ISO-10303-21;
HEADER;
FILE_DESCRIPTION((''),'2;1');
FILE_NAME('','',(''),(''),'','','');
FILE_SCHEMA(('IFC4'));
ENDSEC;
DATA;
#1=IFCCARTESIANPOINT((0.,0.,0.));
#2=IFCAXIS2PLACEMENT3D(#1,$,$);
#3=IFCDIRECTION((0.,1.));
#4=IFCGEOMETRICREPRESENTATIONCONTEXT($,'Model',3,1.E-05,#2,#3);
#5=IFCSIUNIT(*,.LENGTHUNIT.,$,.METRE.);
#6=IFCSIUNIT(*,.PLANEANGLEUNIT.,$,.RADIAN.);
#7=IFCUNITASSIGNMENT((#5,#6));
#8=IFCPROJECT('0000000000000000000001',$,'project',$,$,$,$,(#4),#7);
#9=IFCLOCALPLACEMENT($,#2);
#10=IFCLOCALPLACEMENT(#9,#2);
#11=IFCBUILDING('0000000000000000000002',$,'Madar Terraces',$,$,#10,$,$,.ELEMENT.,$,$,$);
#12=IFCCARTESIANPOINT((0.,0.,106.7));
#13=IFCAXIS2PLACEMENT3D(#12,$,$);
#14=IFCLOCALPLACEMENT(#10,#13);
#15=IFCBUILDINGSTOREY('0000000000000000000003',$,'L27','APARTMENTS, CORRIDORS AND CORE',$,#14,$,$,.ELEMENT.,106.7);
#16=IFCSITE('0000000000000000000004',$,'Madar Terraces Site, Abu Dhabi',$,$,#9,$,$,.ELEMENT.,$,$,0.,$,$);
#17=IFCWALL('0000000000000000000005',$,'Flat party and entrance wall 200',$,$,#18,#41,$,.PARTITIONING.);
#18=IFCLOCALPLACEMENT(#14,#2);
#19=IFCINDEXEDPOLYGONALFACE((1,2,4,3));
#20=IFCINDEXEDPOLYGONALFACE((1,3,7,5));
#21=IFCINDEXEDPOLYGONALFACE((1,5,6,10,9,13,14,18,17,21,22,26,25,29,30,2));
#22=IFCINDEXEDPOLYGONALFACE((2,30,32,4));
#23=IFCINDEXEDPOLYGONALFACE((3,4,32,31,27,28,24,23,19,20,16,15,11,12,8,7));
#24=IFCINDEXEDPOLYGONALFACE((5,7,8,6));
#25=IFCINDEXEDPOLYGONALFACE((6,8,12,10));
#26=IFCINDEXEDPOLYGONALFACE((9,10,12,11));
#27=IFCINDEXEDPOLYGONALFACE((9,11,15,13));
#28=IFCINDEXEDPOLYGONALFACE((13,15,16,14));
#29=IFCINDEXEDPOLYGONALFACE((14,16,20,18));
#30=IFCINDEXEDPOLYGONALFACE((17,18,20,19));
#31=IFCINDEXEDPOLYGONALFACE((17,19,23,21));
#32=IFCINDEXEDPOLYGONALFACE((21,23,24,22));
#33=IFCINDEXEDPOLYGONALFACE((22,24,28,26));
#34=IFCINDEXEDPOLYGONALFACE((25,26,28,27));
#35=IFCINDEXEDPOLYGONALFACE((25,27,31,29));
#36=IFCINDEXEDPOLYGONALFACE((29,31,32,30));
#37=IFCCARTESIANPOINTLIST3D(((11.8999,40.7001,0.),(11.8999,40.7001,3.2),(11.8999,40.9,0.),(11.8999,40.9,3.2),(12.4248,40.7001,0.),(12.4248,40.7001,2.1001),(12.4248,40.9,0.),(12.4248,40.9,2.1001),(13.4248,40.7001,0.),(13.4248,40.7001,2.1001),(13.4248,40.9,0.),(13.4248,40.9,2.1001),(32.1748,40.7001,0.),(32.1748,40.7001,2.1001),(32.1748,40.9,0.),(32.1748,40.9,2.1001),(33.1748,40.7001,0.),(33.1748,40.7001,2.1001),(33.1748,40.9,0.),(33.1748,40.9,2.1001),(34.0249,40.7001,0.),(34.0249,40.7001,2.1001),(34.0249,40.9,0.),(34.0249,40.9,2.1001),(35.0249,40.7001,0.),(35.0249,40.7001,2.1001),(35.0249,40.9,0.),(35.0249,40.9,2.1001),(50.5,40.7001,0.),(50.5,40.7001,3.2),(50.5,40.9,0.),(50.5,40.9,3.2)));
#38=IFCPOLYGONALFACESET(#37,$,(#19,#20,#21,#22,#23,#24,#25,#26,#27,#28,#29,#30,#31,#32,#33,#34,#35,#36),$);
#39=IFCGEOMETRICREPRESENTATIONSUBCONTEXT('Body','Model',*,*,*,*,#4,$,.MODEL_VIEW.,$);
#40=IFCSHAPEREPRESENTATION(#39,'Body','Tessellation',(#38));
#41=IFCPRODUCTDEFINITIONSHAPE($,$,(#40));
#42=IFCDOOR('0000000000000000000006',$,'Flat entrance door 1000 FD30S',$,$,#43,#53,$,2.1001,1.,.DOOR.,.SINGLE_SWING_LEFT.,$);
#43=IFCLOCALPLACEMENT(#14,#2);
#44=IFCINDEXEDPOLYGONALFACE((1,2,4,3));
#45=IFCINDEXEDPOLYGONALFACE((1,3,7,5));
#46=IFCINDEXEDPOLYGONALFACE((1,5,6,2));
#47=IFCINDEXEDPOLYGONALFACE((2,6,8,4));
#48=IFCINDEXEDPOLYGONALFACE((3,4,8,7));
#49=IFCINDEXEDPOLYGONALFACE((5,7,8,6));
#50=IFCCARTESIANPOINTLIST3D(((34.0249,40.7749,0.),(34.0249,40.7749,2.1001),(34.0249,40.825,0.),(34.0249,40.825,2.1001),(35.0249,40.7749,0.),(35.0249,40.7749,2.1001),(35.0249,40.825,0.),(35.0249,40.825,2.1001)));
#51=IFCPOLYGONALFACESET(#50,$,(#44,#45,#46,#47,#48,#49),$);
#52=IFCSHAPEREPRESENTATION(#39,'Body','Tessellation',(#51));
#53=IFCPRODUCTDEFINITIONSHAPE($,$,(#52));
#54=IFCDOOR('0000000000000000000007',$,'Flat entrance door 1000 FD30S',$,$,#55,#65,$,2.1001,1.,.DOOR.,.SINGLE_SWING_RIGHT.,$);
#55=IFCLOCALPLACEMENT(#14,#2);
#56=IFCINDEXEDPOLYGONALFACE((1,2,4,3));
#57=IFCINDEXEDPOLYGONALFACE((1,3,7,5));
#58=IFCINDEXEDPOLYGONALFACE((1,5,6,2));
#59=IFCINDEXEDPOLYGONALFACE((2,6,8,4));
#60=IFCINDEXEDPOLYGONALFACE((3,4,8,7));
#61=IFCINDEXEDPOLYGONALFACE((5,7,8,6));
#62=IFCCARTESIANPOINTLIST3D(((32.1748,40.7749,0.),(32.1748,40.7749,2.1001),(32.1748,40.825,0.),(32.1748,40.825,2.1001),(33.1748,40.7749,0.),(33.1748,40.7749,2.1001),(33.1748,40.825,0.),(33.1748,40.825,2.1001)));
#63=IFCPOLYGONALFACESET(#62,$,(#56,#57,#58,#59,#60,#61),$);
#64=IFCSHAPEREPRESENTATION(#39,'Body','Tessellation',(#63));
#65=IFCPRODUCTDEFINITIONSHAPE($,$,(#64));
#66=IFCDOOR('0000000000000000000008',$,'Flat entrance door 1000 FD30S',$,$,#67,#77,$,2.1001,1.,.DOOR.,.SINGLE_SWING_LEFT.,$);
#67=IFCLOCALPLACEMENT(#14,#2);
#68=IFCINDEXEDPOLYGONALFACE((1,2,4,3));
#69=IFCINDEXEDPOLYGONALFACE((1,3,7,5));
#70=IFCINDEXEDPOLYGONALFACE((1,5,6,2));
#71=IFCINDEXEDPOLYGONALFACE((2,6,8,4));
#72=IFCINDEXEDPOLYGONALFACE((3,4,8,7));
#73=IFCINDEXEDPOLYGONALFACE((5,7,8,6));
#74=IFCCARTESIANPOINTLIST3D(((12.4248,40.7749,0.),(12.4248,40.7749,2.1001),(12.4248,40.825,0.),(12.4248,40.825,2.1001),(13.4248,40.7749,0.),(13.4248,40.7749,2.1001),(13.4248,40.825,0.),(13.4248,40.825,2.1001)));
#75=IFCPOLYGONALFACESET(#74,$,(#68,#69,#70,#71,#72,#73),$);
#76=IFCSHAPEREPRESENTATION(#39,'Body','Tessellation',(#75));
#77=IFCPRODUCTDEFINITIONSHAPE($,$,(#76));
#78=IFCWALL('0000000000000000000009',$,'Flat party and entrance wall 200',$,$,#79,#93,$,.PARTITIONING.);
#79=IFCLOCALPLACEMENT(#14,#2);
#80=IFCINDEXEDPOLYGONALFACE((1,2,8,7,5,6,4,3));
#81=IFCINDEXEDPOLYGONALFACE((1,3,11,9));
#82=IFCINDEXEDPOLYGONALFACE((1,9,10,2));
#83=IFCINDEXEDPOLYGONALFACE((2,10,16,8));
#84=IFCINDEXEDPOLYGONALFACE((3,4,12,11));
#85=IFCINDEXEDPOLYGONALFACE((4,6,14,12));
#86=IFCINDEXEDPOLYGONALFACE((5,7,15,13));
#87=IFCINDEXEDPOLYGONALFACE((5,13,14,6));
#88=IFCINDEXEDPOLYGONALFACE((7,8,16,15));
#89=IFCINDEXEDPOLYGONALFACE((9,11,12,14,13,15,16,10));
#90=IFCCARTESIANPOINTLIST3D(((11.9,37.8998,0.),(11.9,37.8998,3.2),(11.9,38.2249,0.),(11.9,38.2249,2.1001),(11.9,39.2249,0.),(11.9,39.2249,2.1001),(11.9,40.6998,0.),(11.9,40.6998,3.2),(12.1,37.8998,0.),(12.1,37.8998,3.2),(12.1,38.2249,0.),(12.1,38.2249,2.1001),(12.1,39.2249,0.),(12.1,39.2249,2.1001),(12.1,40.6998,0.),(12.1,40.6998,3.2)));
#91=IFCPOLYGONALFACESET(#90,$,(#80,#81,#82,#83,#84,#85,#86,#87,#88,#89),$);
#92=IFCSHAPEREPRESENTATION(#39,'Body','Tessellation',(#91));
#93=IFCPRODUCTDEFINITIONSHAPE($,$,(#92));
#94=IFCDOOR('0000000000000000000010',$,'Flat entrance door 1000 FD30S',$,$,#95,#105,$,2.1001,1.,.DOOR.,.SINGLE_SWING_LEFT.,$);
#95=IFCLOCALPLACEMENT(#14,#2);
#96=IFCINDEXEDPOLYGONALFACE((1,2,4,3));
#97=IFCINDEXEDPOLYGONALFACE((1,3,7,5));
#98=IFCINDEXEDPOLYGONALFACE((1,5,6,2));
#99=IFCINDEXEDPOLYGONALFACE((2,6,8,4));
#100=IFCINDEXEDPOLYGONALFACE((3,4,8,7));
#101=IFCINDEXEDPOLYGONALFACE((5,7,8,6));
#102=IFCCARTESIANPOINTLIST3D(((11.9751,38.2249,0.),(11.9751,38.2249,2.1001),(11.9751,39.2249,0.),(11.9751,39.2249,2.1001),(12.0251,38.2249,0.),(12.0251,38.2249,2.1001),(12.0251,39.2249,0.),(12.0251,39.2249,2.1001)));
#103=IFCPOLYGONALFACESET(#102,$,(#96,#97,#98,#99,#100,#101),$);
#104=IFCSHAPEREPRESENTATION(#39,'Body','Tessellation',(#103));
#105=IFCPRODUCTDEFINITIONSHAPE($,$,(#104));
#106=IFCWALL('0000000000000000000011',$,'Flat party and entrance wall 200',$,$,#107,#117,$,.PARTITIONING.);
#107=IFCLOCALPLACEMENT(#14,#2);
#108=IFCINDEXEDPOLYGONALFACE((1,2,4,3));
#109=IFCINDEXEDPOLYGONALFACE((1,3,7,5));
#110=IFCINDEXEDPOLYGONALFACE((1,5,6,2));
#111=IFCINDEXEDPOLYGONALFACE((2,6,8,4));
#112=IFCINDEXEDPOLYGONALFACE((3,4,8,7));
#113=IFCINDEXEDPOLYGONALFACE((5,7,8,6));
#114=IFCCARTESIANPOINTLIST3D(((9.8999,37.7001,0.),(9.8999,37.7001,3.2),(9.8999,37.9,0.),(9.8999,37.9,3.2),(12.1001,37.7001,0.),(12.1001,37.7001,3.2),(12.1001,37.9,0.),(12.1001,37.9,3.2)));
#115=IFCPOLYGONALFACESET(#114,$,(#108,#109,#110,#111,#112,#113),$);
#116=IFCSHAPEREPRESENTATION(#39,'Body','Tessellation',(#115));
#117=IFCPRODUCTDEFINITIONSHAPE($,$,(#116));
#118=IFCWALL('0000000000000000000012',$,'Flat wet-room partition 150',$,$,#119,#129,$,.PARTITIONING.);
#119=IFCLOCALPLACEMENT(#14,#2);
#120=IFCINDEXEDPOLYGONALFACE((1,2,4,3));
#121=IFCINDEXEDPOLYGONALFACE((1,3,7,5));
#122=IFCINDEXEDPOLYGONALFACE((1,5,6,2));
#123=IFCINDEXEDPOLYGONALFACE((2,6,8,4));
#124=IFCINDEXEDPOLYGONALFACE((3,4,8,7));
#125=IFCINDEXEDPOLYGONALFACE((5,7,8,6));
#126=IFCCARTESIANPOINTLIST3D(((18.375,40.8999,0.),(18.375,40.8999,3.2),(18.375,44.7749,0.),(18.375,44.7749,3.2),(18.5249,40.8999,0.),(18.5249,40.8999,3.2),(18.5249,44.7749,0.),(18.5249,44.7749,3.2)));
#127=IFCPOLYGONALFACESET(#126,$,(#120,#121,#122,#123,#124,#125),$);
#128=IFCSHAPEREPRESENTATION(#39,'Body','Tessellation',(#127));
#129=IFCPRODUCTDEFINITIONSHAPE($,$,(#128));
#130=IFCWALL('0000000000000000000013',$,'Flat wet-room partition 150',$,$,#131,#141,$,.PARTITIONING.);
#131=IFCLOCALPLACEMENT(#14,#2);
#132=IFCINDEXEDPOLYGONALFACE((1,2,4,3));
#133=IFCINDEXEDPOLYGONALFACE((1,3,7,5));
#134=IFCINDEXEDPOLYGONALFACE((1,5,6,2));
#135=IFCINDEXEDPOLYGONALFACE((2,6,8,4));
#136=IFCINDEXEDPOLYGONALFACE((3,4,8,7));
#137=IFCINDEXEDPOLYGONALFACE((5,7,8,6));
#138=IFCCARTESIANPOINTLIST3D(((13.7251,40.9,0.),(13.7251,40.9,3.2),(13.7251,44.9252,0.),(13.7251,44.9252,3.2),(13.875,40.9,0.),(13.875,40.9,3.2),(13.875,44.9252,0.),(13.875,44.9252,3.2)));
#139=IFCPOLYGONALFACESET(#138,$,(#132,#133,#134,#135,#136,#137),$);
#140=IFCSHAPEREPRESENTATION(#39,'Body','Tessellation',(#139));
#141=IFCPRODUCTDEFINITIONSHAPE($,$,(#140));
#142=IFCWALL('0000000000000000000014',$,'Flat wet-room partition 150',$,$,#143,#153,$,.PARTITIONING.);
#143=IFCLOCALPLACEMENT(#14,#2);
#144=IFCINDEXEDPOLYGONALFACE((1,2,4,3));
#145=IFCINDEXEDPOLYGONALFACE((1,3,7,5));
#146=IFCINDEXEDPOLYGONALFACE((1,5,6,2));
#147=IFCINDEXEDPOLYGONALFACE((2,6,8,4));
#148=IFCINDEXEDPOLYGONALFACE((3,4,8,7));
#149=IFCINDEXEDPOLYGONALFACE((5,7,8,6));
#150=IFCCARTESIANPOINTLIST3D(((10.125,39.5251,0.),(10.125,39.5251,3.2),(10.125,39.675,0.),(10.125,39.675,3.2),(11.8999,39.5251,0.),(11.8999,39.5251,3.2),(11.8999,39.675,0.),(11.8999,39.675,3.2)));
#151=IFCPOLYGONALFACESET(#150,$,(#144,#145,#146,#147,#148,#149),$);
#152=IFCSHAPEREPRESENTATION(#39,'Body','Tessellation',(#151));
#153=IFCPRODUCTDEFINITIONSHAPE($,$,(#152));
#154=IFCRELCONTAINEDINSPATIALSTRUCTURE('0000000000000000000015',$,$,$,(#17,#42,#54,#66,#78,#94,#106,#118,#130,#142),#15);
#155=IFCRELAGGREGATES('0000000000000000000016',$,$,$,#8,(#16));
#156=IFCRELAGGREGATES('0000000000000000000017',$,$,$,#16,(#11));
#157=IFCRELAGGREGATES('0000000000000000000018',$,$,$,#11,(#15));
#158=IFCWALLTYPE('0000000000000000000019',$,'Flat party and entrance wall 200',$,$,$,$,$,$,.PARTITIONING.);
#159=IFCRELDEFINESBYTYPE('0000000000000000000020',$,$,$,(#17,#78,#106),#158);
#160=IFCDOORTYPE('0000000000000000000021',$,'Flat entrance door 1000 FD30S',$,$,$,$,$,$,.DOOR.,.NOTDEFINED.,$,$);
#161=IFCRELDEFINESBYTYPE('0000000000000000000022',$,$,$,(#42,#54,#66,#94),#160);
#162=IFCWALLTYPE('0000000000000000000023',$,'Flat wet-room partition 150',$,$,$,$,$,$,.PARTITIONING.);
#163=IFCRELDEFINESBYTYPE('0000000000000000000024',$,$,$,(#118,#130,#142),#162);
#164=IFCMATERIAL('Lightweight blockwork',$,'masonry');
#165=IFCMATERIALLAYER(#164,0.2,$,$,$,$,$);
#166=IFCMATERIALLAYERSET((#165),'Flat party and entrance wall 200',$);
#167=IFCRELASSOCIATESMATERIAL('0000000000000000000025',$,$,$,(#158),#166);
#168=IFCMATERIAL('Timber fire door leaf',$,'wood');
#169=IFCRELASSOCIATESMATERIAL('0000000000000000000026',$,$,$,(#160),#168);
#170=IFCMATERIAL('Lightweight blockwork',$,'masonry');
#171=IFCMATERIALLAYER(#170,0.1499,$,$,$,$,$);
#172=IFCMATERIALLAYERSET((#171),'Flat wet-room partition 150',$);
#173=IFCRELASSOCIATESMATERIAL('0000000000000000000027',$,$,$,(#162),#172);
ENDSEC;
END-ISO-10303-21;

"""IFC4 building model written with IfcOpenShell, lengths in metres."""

from ifc_helpers import new_model, si_unit, direction, frame, frame_2d, origin, place, context, subcontext, project, spatial, rectangle, extrude, material, layer, layer_set, type_object, element, fill, save


model = new_model("IFC4")

# Units and contexts
model_context = context("Model", 3, precision=1e-05, world=origin(), true_north=direction((0.0, 1.0)))
body_context = subcontext(model_context, "Body", "Model", "MODEL_VIEW")
ifc_project = project(units=[si_unit("LENGTHUNIT", "METRE"), si_unit("PLANEANGLEUNIT", "RADIAN")], contexts=[model_context])

# Site, building, storey
site_placement = place(None, origin())
site = spatial("IfcSite", under=ifc_project, at=site_placement, Name="Madar Terraces Site, Abu Dhabi", CompositionType="ELEMENT", RefElevation=0.0)
building_placement = place(site_placement, origin())
building = spatial("IfcBuilding", under=site, at=building_placement, Name="Madar Terraces", CompositionType="ELEMENT")
storey_placement = place(building_placement, frame((0.0, 0.0, 106.7)))
storey = spatial("IfcBuildingStorey", under=building, at=storey_placement, Name="L27", Description="APARTMENTS, CORRIDORS AND CORE", CompositionType="ELEMENT", Elevation=106.7)

# Wall, openings, doors
ifc_material_1 = material(Name="Lightweight blockwork", Category="masonry")
ifc_layer_1 = layer(ifc_material_1, 0.2)
ifc_layer_set_1 = layer_set([ifc_layer_1], Name="Flat party and entrance wall 200")
wall_type_1 = type_object("IfcWallType", Name="Flat party and entrance wall 200", PredefinedType="PARTITIONING", material=ifc_layer_set_1)
wall_1_placement = place(storey_placement, frame((11.8999, 40.8, 0.0), z_axis=(0.0, 0.0, 1.0), x_axis=(1.0, 0.0, 0.0)))
wall_1 = element("IfcWall", 1, at=wall_1_placement, inside=storey, type_object=wall_type_1, Name="Flat party and entrance wall 200", PredefinedType="PARTITIONING", context=body_context, shape_type="SweptSolid", body=[
    extrude(rectangle(XDim=38.6001, YDim=0.2, at=frame_2d((19.3, 0.0))), origin(), (0.0, 0.0, 1.0), 3.2),
])
opening_1_placement = place(wall_1_placement, frame((22.125, 0.0, 0.0)))
opening_1 = element("IfcOpeningElement", 2, at=opening_1_placement, cuts=wall_1, PredefinedType="OPENING", context=body_context, shape_type="SweptSolid", body=[
    extrude(rectangle(XDim=1.0, YDim=2.1001, at=frame_2d((0.5, 1.05))), frame((0.0, 0.1099, 0.0), z_axis=(0.0, -1.0, 0.0), x_axis=(1.0, 0.0, 0.0)), (0.0, 0.0, 1.0), 0.22),
])
opening_2_placement = place(wall_1_placement, frame((20.2749, 0.0, 0.0)))
opening_2 = element("IfcOpeningElement", 3, at=opening_2_placement, cuts=wall_1, PredefinedType="OPENING", context=body_context, shape_type="SweptSolid", body=[
    extrude(rectangle(XDim=1.0, YDim=2.1001, at=frame_2d((0.5, 1.05))), frame((0.0, 0.1099, 0.0), z_axis=(0.0, -1.0, 0.0), x_axis=(1.0, 0.0, 0.0)), (0.0, 0.0, 1.0), 0.22),
])
opening_3_placement = place(wall_1_placement, frame((0.5249, 0.0, 0.0)))
opening_3 = element("IfcOpeningElement", 4, at=opening_3_placement, cuts=wall_1, PredefinedType="OPENING", context=body_context, shape_type="SweptSolid", body=[
    extrude(rectangle(XDim=1.0, YDim=2.1001, at=frame_2d((0.5, 1.05))), frame((0.0, 0.1099, 0.0), z_axis=(0.0, -1.0, 0.0), x_axis=(1.0, 0.0, 0.0)), (0.0, 0.0, 1.0), 0.22),
])
ifc_material_2 = material(Name="Timber fire door leaf", Category="wood")
door_type_1 = type_object("IfcDoorType", Name="Flat entrance door 1000 FD30S", OperationType="NOTDEFINED", PredefinedType="DOOR", material=ifc_material_2)
door_1_placement = place(opening_1_placement, origin())
door_1 = element("IfcDoor", 5, at=door_1_placement, inside=storey, type_object=door_type_1, Name="Flat entrance door 1000 FD30S", OperationType="SINGLE_SWING_LEFT", OverallHeight=2.1001, OverallWidth=1.0, PredefinedType="DOOR", context=body_context, shape_type="SweptSolid", body=[
    extrude(rectangle(XDim=1.0, YDim=2.1001, at=frame_2d((0.5, 1.05))), frame((0.0, 0.0249, 0.0), z_axis=(0.0, -1.0, 0.0), x_axis=(1.0, 0.0, 0.0)), (0.0, 0.0, 1.0), 0.05),
])
fill(opening_1, door_1)
door_2_placement = place(opening_2_placement, origin())
door_2 = element("IfcDoor", 6, at=door_2_placement, inside=storey, type_object=door_type_1, Name="Flat entrance door 1000 FD30S", OperationType="SINGLE_SWING_RIGHT", OverallHeight=2.1001, OverallWidth=1.0, PredefinedType="DOOR", context=body_context, shape_type="SweptSolid", body=[
    extrude(rectangle(XDim=1.0, YDim=2.1001, at=frame_2d((0.5, 1.05))), frame((0.0, 0.0249, 0.0), z_axis=(0.0, -1.0, 0.0), x_axis=(1.0, 0.0, 0.0)), (0.0, 0.0, 1.0), 0.05),
])
fill(opening_2, door_2)
door_3_placement = place(opening_3_placement, origin())
door_3 = element("IfcDoor", 7, at=door_3_placement, inside=storey, type_object=door_type_1, Name="Flat entrance door 1000 FD30S", OperationType="SINGLE_SWING_LEFT", OverallHeight=2.1001, OverallWidth=1.0, PredefinedType="DOOR", context=body_context, shape_type="SweptSolid", body=[
    extrude(rectangle(XDim=1.0, YDim=2.1001, at=frame_2d((0.5, 1.05))), frame((0.0, 0.0249, 0.0), z_axis=(0.0, -1.0, 0.0), x_axis=(1.0, 0.0, 0.0)), (0.0, 0.0, 1.0), 0.05),
])
fill(opening_3, door_3)

# Wall, opening, door
wall_2_placement = place(storey_placement, frame((12.0, 37.8999, 0.0), z_axis=(0.0, 0.0, 1.0), x_axis=(0.0, 1.0, 0.0)))
wall_2 = element("IfcWall", 8, at=wall_2_placement, inside=storey, type_object=wall_type_1, Name="Flat party and entrance wall 200", PredefinedType="PARTITIONING", context=body_context, shape_type="SweptSolid", body=[
    extrude(rectangle(XDim=2.8, YDim=0.2, at=frame_2d((1.3999, 0.0))), origin(), (0.0, 0.0, 1.0), 3.2),
])
opening_4_placement = place(wall_2_placement, frame((0.325, 0.0, 0.0)))
opening_4 = element("IfcOpeningElement", 9, at=opening_4_placement, cuts=wall_2, PredefinedType="OPENING", context=body_context, shape_type="SweptSolid", body=[
    extrude(rectangle(XDim=1.0, YDim=2.1001, at=frame_2d((0.5, 1.05))), frame((0.0, 0.1099, 0.0), z_axis=(0.0, -1.0, 0.0), x_axis=(1.0, 0.0, 0.0)), (0.0, 0.0, 1.0), 0.22),
])
door_4_placement = place(opening_4_placement, origin())
door_4 = element("IfcDoor", 10, at=door_4_placement, inside=storey, type_object=door_type_1, Name="Flat entrance door 1000 FD30S", OperationType="SINGLE_SWING_LEFT", OverallHeight=2.1001, OverallWidth=1.0, PredefinedType="DOOR", context=body_context, shape_type="SweptSolid", body=[
    extrude(rectangle(XDim=1.0, YDim=2.1001, at=frame_2d((0.5, 1.05))), frame((0.0, 0.0249, 0.0), z_axis=(0.0, -1.0, 0.0), x_axis=(1.0, 0.0, 0.0)), (0.0, 0.0, 1.0), 0.05),
])
fill(opening_4, door_4)

# Walls
wall_3_placement = place(storey_placement, frame((12.1001, 37.8, 0.0), z_axis=(0.0, 0.0, 1.0), x_axis=(-1.0, 0.0, 0.0)))
element("IfcWall", 11, at=wall_3_placement, inside=storey, type_object=wall_type_1, Name="Flat party and entrance wall 200", PredefinedType="PARTITIONING", context=body_context, shape_type="SweptSolid", body=[
    extrude(rectangle(XDim=2.2002, YDim=0.2, at=frame_2d((1.1001, 0.0))), origin(), (0.0, 0.0, 1.0), 3.2),
])
ifc_material_3 = material(Name="Lightweight blockwork", Category="masonry")
ifc_layer_2 = layer(ifc_material_3, 0.1499)
ifc_layer_set_2 = layer_set([ifc_layer_2], Name="Flat wet-room partition 150")
wall_type_2 = type_object("IfcWallType", Name="Flat wet-room partition 150", PredefinedType="PARTITIONING", material=ifc_layer_set_2)
wall_4_placement = place(storey_placement, frame((18.45, 40.8999, 0.0), z_axis=(0.0, 0.0, 1.0), x_axis=(0.0, 1.0, 0.0)))
element("IfcWall", 12, at=wall_4_placement, inside=storey, type_object=wall_type_2, Name="Flat wet-room partition 150", PredefinedType="PARTITIONING", context=body_context, shape_type="SweptSolid", body=[
    extrude(rectangle(XDim=3.875, YDim=0.1499, at=frame_2d((1.9375, 0.0))), origin(), (0.0, 0.0, 1.0), 3.2),
])
wall_5_placement = place(storey_placement, frame((13.8, 40.8999, 0.0), z_axis=(0.0, 0.0, 1.0), x_axis=(0.0, 1.0, 0.0)))
element("IfcWall", 13, at=wall_5_placement, inside=storey, type_object=wall_type_2, Name="Flat wet-room partition 150", PredefinedType="PARTITIONING", context=body_context, shape_type="SweptSolid", body=[
    extrude(rectangle(XDim=4.0251, YDim=0.1499, at=frame_2d((2.0127, 0.0))), origin(), (0.0, 0.0, 1.0), 3.2),
])
wall_6_placement = place(storey_placement, frame((11.8999, 39.6001, 0.0), z_axis=(0.0, 0.0, 1.0), x_axis=(-1.0, 0.0, 0.0)))
element("IfcWall", 14, at=wall_6_placement, inside=storey, type_object=wall_type_2, Name="Flat wet-room partition 150", PredefinedType="PARTITIONING", context=body_context, shape_type="SweptSolid", body=[
    extrude(rectangle(XDim=1.7749, YDim=0.1499, at=frame_2d((0.8875, 0.0))), origin(), (0.0, 0.0, 1.0), 3.2),
])

save(model, "model.ifc")
